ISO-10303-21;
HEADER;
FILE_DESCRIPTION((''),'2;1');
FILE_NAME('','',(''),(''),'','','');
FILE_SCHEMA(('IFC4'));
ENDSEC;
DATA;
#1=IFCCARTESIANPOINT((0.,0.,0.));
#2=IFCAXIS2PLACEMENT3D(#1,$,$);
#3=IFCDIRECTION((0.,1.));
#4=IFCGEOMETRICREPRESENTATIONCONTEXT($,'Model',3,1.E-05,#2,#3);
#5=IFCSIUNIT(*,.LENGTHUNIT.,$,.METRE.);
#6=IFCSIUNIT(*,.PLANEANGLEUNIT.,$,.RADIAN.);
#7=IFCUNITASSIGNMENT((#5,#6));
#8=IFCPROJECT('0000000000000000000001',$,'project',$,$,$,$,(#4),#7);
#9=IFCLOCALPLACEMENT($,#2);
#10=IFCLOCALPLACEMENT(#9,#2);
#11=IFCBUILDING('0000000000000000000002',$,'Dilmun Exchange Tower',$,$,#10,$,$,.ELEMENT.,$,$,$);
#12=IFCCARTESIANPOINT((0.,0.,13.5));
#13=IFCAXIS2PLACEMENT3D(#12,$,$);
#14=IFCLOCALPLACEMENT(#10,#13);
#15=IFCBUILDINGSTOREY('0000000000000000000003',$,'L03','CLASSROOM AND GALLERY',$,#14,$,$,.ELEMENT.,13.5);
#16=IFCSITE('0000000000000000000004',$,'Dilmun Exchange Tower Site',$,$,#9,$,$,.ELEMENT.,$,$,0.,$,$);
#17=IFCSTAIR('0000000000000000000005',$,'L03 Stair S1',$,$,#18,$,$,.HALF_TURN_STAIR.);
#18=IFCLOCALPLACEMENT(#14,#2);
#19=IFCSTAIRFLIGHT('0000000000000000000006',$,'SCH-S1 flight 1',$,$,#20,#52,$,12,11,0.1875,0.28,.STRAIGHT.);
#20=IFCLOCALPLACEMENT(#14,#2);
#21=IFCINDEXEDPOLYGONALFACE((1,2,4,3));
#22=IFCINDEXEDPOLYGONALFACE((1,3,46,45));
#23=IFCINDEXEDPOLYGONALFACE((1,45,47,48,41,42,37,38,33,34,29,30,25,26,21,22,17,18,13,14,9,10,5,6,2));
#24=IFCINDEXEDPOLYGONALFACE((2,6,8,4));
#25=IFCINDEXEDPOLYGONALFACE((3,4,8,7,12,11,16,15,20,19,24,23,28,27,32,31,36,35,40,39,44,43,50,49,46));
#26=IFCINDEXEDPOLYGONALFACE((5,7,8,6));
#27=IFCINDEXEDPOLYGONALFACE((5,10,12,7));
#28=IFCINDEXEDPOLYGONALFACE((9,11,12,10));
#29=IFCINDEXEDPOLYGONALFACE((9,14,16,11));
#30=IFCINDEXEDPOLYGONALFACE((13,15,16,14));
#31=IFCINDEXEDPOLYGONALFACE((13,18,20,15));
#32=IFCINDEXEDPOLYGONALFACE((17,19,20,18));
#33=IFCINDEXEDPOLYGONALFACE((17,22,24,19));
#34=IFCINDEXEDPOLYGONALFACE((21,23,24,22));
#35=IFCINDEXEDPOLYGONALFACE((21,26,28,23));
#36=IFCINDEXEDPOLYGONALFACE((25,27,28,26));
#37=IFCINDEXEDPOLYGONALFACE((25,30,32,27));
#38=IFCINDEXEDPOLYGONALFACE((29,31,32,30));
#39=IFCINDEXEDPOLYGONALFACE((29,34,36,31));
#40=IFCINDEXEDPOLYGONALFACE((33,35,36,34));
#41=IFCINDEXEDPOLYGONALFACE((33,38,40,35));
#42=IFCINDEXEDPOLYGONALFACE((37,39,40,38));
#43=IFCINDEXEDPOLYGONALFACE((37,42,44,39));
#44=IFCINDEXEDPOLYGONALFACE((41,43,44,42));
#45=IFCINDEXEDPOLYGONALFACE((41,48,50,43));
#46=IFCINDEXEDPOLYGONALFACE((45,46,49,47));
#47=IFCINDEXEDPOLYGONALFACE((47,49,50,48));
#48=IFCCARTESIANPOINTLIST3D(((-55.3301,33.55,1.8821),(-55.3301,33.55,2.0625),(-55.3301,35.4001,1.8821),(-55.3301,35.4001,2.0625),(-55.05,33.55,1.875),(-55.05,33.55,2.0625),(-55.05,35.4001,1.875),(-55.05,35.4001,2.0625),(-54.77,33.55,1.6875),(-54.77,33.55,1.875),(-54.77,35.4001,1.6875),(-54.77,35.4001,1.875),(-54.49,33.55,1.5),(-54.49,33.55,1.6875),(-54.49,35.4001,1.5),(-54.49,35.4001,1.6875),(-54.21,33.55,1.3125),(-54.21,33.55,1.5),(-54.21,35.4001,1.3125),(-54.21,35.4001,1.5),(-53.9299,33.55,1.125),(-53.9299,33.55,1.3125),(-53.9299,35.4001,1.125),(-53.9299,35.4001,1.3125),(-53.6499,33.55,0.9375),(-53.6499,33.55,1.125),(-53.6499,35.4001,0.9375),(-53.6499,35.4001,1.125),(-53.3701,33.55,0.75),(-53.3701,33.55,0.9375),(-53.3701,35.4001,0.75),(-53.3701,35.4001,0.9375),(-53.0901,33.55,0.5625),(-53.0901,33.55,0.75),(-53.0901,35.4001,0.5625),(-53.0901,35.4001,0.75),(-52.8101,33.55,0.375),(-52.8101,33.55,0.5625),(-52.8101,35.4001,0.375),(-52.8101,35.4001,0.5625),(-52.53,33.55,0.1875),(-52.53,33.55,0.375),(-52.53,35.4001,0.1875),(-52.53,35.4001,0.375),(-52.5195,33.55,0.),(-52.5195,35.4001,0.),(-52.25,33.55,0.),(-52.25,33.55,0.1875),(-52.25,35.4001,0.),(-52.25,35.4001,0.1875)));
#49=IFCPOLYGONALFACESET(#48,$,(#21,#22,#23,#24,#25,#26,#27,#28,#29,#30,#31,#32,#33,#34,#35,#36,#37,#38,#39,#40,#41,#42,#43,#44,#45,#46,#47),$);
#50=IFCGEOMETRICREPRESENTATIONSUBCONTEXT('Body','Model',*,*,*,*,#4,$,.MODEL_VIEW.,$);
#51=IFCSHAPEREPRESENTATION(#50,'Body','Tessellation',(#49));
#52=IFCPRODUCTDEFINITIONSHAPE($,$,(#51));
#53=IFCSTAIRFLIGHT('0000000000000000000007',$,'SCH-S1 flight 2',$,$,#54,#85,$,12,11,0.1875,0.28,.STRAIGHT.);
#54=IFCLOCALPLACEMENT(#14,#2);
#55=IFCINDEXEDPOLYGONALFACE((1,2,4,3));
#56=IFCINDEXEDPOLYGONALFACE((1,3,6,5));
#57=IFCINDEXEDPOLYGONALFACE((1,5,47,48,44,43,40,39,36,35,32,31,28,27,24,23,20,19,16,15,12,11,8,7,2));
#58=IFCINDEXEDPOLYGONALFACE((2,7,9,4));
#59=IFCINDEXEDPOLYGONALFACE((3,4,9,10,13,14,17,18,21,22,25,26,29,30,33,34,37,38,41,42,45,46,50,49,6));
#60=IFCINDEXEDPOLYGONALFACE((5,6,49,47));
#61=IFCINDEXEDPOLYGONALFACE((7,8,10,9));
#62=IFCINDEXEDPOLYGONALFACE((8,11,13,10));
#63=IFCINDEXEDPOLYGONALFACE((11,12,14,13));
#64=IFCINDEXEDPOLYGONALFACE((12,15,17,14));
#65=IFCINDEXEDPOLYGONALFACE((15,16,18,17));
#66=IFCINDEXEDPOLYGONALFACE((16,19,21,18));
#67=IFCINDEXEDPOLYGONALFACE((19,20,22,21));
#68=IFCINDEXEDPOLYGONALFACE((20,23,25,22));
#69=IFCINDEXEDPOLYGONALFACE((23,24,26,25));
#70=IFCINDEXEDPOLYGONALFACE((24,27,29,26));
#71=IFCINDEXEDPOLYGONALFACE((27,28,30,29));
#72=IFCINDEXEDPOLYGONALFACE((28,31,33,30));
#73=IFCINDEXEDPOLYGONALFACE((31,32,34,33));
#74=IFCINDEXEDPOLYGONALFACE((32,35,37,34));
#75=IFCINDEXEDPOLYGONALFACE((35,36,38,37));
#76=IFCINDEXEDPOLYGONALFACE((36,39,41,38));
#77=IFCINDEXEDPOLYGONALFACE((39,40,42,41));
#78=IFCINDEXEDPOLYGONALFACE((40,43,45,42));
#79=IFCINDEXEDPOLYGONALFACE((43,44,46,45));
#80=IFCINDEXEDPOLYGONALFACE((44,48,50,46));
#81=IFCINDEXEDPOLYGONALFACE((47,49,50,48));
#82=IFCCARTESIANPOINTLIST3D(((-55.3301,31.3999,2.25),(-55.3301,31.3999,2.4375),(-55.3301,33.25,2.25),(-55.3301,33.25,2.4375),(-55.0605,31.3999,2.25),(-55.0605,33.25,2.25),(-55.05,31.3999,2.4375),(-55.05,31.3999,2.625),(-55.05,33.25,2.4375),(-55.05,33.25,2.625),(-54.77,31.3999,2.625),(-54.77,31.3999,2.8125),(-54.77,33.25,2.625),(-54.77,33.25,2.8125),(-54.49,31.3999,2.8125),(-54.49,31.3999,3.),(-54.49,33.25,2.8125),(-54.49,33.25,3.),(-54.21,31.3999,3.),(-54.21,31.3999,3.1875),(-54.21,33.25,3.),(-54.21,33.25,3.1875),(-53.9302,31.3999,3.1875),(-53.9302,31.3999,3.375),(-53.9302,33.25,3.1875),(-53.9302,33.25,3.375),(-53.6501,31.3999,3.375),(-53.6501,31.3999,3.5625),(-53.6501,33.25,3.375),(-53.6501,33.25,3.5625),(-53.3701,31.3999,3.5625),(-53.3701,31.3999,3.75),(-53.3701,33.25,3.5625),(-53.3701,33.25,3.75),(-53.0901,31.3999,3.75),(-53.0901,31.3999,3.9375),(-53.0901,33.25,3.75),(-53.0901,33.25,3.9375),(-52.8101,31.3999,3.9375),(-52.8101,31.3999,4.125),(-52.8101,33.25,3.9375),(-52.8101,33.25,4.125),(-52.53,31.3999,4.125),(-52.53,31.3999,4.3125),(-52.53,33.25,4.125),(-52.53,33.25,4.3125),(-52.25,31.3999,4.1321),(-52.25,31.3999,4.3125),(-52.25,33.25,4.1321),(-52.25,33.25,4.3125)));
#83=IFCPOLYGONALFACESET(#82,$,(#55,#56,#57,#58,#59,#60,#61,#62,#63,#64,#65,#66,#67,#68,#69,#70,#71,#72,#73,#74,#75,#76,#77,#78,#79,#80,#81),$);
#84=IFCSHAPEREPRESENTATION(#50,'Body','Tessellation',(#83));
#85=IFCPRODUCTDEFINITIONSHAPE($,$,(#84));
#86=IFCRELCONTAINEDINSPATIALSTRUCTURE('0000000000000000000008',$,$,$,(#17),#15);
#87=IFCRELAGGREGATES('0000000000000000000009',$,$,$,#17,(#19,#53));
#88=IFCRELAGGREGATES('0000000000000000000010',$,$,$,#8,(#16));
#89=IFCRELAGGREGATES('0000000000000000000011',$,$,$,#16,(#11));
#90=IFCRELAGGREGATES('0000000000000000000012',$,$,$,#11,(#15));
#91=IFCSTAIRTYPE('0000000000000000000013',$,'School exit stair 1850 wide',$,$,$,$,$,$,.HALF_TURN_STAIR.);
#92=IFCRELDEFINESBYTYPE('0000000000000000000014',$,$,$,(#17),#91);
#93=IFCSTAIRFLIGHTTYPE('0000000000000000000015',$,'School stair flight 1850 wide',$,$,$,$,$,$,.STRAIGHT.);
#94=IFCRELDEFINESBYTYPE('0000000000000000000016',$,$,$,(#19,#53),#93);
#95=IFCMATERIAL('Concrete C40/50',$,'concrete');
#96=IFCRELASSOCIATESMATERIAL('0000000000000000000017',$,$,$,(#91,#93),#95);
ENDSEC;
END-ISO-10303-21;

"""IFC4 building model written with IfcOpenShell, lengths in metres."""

from ifc_helpers import new_model, si_unit, direction, frame, origin, place, context, subcontext, project, spatial, polyline, outline, extrude, material, type_object, element, aggregate, save


model = new_model("IFC4")

# Units and contexts
model_context = context("Model", 3, precision=1e-05, world=origin(), true_north=direction((0.0, 1.0)))
body_context = subcontext(model_context, "Body", "Model", "MODEL_VIEW")
ifc_project = project(units=[si_unit("LENGTHUNIT", "METRE"), si_unit("PLANEANGLEUNIT", "RADIAN")], contexts=[model_context])

# Site, building, storey
site_placement = place(None, origin())
site = spatial("IfcSite", under=ifc_project, at=site_placement, Name="Dilmun Exchange Tower Site", CompositionType="ELEMENT", RefElevation=0.0)
building_placement = place(site_placement, origin())
building = spatial("IfcBuilding", under=site, at=building_placement, Name="Dilmun Exchange Tower", CompositionType="ELEMENT")
storey_placement = place(building_placement, frame((0.0, 0.0, 13.5)))
storey = spatial("IfcBuildingStorey", under=building, at=storey_placement, Name="L03", Description="CLASSROOM AND GALLERY", CompositionType="ELEMENT", Elevation=13.5)

# Shared definitions
ifc_material_1 = material(Name="Concrete C40/50", Category="concrete")

# Stair, stair flights
stair_type = type_object("IfcStairType", Name="School exit stair 1850 wide", PredefinedType="HALF_TURN_STAIR", material=ifc_material_1)
stair_placement = place(storey_placement, origin())
stair = element("IfcStair", 1, at=stair_placement, inside=storey, type_object=stair_type, Name="L03 Stair S1", PredefinedType="HALF_TURN_STAIR")
stair_flight_type = type_object("IfcStairFlightType", Name="School stair flight 1850 wide", PredefinedType="STRAIGHT", material=ifc_material_1)
stair_flight_1_placement = place(storey_placement, frame((-52.25, 34.4751, 0.0), z_axis=(0.0, 0.0, 1.0), x_axis=(-1.0, 0.0, 0.0)))
stair_flight_1 = element("IfcStairFlight", 2, at=stair_flight_1_placement, type_object=stair_flight_type, Name="SCH-S1 flight 1", NumberOfRisers=12, NumberOfTreads=11, PredefinedType="STRAIGHT", RiserHeight=0.1875, TreadLength=0.28, context=body_context, shape_type="SweptSolid", body=[
    extrude(outline(polyline([(0.0, 0.0), (0.0, 0.1875), (0.28, 0.1875), (0.28, 0.375), (0.5601, 0.375), (0.5601, 0.5625), (0.8401, 0.5625), (0.8401, 0.75), (1.1201, 0.75), (1.1201, 0.9375), (1.3999, 0.9375), (1.3999, 1.125), (1.6799, 1.125), (1.6799, 1.3125), (1.96, 1.3125), (1.96, 1.5), (2.24, 1.5), (2.24, 1.6875), (2.52, 1.6875), (2.52, 1.875), (2.8, 1.875), (2.8, 2.0625), (3.0801, 2.0625), (3.0801, 2.25), (3.0801, 1.8821), (0.2695, 0.0), (0.0, 0.0)])), frame((0.0, 0.925, 0.0), z_axis=(0.0, -1.0, 0.0), x_axis=(1.0, 0.0, 0.0)), (0.0, 0.0, 1.0), 1.8501),
])
stair_flight_2_placement = place(storey_placement, frame((-55.3301, 32.325, 2.25), z_axis=(0.0, 0.0, 1.0), x_axis=(1.0, 0.0, 0.0)))
stair_flight_2 = element("IfcStairFlight", 3, at=stair_flight_2_placement, type_object=stair_flight_type, Name="SCH-S1 flight 2", NumberOfRisers=12, NumberOfTreads=11, PredefinedType="STRAIGHT", RiserHeight=0.1875, TreadLength=0.28, context=body_context, shape_type="SweptSolid", body=[
    extrude(outline(polyline([(0.0, 0.0), (0.0, 0.1875), (0.28, 0.1875), (0.28, 0.375), (0.5601, 0.375), (0.5601, 0.5625), (0.8401, 0.5625), (0.8401, 0.75), (1.1201, 0.75), (1.1201, 0.9375), (1.3999, 0.9375), (1.3999, 1.125), (1.6799, 1.125), (1.6799, 1.3125), (1.96, 1.3125), (1.96, 1.5), (2.24, 1.5), (2.24, 1.6875), (2.52, 1.6875), (2.52, 1.875), (2.8, 1.875), (2.8, 2.0625), (3.0801, 2.0625), (3.0801, 2.25), (3.0801, 1.8821), (0.2695, 0.0), (0.0, 0.0)])), frame((0.0, 0.925, 0.0), z_axis=(0.0, -1.0, 0.0), x_axis=(1.0, 0.0, 0.0)), (0.0, 0.0, 1.0), 1.8501),
])
aggregate(stair, [stair_flight_1, stair_flight_2])

save(model, "model.ifc")
